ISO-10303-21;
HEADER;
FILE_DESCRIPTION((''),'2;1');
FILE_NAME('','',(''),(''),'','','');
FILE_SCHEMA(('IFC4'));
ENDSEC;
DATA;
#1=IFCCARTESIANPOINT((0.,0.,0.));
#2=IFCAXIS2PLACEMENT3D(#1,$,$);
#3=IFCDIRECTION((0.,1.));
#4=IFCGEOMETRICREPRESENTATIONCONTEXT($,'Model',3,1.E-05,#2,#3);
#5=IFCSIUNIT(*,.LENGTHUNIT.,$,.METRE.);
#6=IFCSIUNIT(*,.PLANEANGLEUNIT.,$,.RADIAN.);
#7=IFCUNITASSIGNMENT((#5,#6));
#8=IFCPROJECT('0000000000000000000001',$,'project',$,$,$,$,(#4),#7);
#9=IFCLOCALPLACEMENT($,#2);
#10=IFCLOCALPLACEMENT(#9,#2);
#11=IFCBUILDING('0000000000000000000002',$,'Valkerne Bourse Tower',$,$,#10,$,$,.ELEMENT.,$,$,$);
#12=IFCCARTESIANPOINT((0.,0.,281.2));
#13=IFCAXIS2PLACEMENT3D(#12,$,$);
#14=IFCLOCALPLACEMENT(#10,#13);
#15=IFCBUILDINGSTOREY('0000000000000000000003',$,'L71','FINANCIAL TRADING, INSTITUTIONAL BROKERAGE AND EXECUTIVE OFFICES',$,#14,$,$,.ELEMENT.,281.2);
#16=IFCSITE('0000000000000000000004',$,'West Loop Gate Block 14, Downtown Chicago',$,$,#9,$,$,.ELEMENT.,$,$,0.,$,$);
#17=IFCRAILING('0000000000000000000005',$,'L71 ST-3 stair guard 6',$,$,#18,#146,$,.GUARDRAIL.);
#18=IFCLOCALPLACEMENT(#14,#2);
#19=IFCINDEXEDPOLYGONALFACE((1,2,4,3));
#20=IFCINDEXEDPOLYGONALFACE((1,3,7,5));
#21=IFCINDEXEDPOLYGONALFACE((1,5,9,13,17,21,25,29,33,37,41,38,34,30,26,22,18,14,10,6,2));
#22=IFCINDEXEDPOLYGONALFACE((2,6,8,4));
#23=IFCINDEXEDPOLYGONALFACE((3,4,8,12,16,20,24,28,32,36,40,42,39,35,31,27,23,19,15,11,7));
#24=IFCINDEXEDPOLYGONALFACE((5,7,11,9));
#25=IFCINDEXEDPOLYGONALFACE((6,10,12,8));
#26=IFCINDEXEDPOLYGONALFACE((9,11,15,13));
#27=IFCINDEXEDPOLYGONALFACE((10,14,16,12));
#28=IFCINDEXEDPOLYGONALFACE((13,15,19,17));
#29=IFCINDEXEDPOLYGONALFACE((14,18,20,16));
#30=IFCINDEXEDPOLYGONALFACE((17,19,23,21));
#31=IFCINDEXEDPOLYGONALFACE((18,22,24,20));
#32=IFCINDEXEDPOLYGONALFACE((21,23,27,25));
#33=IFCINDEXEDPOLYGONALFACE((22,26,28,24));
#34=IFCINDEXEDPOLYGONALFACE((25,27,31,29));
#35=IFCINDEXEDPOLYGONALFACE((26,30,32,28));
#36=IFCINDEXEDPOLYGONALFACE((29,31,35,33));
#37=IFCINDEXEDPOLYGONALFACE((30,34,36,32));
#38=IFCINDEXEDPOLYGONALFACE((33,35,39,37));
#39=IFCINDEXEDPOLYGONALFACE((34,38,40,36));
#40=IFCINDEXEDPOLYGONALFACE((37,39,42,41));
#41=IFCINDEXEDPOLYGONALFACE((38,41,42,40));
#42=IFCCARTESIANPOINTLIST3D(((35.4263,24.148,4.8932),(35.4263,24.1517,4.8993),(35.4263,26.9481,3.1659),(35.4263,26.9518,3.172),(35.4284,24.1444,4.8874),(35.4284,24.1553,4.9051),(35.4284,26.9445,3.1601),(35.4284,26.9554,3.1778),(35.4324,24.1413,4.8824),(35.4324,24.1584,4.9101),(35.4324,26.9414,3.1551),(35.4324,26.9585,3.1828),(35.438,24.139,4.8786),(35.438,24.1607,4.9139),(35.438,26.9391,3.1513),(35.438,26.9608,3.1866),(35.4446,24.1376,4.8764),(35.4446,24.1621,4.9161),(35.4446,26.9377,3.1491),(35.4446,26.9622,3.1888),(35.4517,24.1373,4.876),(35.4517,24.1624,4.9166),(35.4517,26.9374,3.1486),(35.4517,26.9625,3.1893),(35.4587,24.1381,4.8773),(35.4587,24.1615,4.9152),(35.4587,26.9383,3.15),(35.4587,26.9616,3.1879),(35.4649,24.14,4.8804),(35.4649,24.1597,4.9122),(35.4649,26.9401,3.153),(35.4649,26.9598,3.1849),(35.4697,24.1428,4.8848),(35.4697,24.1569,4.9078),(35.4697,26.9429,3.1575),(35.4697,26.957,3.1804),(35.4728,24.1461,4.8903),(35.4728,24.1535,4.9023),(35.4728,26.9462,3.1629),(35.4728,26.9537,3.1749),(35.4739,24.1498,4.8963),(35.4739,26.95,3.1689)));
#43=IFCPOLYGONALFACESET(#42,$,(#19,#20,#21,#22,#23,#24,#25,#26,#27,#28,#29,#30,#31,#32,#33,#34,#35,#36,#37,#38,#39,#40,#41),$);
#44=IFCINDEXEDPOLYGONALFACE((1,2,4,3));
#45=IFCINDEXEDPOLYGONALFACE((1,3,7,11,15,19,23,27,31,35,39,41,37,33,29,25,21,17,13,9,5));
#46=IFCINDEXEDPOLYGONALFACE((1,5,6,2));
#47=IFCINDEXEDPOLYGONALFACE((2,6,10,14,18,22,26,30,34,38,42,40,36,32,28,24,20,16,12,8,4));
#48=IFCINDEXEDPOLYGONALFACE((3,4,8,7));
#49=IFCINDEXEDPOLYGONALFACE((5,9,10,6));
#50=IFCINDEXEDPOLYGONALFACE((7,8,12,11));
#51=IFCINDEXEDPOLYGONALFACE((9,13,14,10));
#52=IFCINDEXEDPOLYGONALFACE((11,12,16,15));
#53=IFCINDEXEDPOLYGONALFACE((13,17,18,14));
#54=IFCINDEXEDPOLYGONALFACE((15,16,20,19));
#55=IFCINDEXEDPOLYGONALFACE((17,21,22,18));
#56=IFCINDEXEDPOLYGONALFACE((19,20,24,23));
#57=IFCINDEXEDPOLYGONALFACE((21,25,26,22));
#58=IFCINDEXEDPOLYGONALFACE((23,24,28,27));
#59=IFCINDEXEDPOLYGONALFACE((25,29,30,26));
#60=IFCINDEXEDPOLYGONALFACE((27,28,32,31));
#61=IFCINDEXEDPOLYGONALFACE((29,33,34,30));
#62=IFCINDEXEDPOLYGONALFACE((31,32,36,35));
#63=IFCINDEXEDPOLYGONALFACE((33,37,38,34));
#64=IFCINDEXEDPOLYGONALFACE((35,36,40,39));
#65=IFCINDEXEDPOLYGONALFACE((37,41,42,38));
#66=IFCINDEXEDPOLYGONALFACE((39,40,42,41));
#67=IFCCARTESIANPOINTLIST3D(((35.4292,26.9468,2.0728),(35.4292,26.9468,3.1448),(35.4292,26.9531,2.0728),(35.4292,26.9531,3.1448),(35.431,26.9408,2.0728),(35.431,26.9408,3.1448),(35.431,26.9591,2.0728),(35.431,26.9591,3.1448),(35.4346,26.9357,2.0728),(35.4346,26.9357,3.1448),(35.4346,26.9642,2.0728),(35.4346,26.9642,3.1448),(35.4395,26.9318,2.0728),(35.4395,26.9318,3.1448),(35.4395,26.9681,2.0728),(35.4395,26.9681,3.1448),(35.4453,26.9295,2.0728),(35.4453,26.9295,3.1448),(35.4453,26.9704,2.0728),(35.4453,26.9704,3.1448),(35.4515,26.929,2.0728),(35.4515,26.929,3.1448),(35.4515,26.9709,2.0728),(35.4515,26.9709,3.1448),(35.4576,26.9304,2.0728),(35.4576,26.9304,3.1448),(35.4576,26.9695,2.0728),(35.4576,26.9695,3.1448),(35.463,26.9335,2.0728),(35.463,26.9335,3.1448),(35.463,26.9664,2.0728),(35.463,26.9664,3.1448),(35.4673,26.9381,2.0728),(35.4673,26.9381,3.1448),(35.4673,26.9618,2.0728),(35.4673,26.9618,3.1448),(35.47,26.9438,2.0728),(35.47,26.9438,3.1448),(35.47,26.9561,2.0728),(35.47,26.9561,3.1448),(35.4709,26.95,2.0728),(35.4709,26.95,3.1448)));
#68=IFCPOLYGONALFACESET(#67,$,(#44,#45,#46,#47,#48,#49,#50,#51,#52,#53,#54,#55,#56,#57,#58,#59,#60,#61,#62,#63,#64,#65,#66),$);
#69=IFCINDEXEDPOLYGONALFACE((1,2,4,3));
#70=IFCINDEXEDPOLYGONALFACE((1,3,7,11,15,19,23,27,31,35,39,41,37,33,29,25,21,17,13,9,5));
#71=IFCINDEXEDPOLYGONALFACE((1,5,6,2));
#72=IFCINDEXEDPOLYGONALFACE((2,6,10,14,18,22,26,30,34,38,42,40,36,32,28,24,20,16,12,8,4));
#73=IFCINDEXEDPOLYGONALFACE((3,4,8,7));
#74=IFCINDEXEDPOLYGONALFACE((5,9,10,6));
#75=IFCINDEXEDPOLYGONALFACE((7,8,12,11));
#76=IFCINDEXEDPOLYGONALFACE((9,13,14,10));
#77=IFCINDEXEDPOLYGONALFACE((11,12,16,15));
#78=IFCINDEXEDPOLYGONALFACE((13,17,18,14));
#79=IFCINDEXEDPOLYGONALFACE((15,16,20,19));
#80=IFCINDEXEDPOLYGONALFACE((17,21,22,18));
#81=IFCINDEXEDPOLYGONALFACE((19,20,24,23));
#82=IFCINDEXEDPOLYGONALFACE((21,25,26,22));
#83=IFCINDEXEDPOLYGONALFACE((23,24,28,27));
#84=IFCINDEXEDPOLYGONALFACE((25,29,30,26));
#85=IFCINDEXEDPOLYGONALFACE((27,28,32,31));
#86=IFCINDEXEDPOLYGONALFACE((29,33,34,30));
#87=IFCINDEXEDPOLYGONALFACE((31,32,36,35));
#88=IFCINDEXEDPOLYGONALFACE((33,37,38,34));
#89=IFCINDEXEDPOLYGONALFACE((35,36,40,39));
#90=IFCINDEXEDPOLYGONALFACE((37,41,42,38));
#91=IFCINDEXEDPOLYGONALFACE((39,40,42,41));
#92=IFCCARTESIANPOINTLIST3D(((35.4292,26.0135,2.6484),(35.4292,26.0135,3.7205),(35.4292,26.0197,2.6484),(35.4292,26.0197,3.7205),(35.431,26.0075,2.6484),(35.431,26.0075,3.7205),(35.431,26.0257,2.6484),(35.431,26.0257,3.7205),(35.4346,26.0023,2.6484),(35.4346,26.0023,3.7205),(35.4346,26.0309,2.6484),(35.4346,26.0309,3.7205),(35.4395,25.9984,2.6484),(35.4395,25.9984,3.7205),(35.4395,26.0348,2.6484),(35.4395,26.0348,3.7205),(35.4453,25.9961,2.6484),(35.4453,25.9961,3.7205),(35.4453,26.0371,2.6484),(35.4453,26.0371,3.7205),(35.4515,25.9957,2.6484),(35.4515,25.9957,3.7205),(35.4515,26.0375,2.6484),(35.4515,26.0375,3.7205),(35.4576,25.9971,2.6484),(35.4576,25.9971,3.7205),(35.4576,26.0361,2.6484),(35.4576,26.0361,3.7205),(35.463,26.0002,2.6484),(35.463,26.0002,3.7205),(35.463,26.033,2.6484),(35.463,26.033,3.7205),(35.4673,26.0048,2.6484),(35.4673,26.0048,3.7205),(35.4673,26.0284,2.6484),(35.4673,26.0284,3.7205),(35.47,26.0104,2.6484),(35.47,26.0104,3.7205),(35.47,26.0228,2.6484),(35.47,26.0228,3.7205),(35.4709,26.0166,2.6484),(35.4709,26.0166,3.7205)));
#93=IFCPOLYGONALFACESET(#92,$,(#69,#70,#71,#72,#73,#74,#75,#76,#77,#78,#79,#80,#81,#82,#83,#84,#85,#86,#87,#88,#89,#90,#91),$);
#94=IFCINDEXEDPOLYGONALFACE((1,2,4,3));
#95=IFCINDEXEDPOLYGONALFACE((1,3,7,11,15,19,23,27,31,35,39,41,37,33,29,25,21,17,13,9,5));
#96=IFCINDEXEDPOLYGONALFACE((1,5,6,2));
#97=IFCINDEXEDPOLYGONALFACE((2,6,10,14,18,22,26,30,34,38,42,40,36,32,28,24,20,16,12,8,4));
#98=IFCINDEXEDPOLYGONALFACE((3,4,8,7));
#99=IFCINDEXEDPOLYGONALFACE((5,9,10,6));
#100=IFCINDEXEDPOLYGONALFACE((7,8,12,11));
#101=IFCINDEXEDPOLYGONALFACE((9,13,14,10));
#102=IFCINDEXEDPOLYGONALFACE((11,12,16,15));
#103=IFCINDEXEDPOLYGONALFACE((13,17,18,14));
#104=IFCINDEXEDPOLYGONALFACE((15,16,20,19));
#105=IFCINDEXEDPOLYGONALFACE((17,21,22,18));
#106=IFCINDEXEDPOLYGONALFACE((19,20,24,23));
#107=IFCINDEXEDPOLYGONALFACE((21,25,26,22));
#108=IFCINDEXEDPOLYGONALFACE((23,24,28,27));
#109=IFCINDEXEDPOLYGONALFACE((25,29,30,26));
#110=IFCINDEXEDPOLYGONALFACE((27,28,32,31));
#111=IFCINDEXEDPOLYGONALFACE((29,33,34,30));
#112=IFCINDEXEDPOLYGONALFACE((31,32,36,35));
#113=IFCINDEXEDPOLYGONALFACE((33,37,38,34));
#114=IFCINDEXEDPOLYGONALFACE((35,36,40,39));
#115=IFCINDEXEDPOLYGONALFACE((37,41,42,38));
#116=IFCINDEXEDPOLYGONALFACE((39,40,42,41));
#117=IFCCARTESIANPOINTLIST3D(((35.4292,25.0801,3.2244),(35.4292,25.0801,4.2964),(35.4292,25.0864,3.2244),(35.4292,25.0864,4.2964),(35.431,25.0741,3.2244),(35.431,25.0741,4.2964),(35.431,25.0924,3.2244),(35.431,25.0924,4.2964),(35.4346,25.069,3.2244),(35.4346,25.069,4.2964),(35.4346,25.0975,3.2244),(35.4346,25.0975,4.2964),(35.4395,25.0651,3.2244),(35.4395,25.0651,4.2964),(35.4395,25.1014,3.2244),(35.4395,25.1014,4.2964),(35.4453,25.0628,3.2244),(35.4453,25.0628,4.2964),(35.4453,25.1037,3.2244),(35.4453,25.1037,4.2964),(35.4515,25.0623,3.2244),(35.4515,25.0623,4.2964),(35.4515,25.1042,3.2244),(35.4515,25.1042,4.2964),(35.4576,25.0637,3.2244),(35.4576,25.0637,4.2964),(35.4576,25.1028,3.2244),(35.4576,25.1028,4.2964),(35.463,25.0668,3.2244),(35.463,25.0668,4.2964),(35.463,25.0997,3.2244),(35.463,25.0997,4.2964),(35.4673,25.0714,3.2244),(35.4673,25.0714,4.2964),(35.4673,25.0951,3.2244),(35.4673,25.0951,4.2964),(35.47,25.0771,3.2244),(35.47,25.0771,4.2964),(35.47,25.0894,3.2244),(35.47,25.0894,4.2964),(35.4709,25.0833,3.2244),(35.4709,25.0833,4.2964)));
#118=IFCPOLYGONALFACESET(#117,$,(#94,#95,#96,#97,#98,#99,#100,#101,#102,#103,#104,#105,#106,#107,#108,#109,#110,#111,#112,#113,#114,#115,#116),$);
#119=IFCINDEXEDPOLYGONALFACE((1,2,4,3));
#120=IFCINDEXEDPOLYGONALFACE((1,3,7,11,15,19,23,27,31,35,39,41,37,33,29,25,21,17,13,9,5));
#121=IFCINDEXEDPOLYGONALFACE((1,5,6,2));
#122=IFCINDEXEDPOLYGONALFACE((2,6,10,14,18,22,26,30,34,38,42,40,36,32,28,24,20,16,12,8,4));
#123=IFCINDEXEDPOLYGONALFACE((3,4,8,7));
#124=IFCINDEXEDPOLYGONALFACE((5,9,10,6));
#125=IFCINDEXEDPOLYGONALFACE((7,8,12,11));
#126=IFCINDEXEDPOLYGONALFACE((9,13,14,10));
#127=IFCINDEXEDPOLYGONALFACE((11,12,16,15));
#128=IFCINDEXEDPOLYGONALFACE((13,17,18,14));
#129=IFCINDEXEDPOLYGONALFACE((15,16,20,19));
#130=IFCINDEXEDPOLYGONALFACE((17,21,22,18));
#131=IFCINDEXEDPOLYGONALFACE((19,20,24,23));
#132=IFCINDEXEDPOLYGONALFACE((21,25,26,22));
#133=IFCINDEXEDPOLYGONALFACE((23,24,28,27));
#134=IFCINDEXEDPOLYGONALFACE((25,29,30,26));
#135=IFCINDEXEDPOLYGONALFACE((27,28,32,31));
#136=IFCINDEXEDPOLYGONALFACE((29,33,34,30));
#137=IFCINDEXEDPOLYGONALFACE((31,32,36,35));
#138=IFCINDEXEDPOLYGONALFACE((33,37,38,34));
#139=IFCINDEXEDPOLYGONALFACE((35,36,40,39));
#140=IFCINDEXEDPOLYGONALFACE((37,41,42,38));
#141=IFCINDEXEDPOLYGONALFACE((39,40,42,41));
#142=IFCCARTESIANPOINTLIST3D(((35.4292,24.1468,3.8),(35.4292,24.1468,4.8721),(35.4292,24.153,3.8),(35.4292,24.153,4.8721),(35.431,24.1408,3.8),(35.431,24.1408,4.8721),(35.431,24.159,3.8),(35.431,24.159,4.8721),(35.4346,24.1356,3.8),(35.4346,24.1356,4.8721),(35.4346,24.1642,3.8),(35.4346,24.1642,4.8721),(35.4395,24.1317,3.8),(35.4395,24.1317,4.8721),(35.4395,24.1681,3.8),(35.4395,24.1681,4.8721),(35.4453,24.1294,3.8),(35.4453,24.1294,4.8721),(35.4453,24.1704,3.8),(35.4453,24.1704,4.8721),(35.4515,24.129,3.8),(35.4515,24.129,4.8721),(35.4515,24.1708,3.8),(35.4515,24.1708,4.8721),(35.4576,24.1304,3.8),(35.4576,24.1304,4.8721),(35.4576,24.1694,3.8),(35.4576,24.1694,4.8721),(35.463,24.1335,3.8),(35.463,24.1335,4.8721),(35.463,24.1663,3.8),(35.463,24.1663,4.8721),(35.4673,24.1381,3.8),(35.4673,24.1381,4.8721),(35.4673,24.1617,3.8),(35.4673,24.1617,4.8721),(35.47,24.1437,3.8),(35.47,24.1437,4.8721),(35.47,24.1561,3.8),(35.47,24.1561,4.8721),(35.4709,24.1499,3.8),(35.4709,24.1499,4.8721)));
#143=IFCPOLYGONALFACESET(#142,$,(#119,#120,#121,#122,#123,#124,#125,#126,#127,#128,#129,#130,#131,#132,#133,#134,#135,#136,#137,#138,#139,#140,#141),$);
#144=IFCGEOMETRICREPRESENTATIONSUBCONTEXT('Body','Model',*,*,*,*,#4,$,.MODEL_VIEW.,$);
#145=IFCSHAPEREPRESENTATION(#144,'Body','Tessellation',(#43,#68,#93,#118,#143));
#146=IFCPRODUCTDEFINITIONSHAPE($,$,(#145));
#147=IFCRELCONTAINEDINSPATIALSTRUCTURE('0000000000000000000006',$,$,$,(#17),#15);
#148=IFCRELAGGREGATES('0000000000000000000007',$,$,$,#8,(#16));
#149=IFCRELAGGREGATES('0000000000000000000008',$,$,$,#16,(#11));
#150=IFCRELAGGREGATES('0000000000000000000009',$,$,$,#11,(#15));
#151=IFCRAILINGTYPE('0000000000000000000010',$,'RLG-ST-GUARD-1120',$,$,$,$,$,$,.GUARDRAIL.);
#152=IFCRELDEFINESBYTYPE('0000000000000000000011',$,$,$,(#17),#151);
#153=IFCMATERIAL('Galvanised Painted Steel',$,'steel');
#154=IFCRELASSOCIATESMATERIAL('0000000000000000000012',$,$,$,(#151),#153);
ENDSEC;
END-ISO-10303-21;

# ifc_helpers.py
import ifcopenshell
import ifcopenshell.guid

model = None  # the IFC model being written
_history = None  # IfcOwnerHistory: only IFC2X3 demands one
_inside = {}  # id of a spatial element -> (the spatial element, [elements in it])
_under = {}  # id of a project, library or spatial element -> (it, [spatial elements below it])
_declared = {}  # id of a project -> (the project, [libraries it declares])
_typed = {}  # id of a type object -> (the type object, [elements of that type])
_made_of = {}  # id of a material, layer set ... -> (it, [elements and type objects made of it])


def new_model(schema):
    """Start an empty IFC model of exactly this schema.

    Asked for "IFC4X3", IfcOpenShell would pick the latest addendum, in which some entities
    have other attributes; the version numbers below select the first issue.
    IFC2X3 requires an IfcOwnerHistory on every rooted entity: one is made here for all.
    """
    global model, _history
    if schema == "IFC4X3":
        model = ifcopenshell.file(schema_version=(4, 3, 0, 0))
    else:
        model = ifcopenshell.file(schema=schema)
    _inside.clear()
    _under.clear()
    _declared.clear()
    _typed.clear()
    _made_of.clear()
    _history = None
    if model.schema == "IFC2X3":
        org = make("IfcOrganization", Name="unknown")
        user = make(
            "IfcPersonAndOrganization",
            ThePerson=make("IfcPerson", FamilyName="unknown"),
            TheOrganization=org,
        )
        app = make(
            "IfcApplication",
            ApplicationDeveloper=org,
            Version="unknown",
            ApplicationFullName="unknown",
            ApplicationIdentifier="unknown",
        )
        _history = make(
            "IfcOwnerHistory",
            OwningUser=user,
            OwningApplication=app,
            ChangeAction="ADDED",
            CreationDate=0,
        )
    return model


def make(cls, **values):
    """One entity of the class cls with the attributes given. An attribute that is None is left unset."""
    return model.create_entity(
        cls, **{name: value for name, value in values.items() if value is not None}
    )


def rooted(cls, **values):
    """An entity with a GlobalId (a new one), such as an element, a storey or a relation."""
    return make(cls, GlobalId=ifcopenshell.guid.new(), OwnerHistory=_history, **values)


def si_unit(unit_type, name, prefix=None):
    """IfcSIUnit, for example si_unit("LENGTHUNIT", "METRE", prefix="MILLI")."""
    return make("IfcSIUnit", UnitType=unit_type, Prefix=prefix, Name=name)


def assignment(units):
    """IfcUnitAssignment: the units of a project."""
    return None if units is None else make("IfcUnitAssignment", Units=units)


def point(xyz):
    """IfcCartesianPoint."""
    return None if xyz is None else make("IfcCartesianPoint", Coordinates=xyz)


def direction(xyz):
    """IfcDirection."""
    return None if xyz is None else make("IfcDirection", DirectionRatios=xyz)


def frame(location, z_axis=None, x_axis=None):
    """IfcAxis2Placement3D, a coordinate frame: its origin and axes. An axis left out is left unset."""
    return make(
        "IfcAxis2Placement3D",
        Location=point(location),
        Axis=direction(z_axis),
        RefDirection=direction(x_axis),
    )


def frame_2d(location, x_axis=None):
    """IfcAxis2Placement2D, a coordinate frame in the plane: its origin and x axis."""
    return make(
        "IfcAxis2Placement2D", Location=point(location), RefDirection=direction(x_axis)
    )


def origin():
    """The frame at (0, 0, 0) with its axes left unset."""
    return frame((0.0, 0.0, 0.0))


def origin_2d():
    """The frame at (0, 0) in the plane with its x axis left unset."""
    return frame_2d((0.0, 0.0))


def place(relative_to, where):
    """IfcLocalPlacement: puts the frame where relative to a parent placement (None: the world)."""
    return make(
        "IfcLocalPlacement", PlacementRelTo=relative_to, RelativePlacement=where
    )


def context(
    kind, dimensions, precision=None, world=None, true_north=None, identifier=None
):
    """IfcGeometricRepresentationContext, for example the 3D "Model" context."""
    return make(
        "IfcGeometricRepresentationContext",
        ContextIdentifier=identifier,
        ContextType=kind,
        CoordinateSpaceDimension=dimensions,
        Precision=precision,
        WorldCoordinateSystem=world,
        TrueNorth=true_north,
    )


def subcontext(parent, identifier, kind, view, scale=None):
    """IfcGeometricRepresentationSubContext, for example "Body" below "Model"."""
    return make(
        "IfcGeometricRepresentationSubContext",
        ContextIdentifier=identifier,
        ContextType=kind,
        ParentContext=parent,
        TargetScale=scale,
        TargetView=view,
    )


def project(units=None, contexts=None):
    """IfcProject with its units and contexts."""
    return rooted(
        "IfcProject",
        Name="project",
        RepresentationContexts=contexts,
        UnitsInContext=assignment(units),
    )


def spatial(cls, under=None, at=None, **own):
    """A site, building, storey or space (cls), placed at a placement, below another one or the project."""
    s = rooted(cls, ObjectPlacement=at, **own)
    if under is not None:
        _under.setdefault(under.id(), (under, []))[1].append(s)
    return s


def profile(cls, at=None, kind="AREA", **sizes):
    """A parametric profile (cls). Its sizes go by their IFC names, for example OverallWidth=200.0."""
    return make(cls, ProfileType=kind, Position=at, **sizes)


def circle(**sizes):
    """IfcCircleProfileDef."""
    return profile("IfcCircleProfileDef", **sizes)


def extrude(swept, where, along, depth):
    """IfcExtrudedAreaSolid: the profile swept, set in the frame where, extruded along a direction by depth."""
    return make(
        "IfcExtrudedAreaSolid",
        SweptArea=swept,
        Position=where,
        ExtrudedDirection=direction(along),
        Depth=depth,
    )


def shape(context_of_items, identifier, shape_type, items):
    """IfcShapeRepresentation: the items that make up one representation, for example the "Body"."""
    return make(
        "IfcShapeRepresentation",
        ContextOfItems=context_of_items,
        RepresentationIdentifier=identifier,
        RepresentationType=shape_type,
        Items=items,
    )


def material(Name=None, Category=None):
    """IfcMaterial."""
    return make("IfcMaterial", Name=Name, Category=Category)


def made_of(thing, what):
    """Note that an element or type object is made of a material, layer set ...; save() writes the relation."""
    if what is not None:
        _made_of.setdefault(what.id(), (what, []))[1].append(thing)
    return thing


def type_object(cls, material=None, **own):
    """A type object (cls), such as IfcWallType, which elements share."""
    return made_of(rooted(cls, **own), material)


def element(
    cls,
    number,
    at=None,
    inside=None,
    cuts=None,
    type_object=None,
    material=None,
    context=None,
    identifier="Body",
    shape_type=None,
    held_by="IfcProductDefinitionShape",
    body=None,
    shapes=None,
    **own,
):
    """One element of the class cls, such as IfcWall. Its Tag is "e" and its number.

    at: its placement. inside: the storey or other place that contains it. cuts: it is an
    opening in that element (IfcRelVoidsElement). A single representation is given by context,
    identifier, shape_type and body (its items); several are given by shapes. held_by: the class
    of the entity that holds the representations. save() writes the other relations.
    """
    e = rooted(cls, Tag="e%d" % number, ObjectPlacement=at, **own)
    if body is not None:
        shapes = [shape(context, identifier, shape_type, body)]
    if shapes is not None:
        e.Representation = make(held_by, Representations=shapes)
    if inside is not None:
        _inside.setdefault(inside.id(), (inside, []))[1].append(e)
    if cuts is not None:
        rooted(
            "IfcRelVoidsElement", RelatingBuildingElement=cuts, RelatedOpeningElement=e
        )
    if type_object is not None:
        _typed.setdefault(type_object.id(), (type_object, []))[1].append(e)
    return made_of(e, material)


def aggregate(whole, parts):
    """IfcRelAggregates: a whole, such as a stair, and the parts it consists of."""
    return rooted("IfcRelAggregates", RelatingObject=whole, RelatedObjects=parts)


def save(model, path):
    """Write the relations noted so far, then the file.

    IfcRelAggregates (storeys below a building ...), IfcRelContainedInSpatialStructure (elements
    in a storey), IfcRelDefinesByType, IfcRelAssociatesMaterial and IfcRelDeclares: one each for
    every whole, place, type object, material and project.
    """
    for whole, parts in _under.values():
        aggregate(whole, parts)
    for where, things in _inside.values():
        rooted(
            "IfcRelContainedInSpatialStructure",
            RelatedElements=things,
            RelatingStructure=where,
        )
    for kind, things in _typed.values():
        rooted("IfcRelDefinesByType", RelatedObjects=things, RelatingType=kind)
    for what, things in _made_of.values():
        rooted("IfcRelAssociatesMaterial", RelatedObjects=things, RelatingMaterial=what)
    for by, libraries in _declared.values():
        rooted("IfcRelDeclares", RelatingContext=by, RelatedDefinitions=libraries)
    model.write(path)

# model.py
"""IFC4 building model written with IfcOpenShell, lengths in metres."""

from ifc_helpers import new_model, si_unit, direction, frame, origin, origin_2d, place, context, subcontext, project, spatial, circle, extrude, material, type_object, element, save


model = new_model("IFC4")

# Units and contexts
model_context = context("Model", 3, precision=1e-05, world=origin(), true_north=direction((0.0, 1.0)))
body_context = subcontext(model_context, "Body", "Model", "MODEL_VIEW")
ifc_project = project(units=[si_unit("LENGTHUNIT", "METRE"), si_unit("PLANEANGLEUNIT", "RADIAN")], contexts=[model_context])

# Site, building, storey
site_placement = place(None, origin())
site = spatial("IfcSite", under=ifc_project, at=site_placement, Name="West Loop Gate Block 14, Downtown Chicago", CompositionType="ELEMENT", RefElevation=0.0)
building_placement = place(site_placement, origin())
building = spatial("IfcBuilding", under=site, at=building_placement, Name="Valkerne Bourse Tower", CompositionType="ELEMENT")
storey_placement = place(building_placement, frame((0.0, 0.0, 281.2)))
storey = spatial("IfcBuildingStorey", under=building, at=storey_placement, Name="L71", Description="FINANCIAL TRADING, INSTITUTIONAL BROKERAGE AND EXECUTIVE OFFICES", CompositionType="ELEMENT", Elevation=281.2)

# Railing
ifc_material_1 = material(Name="Galvanised Painted Steel", Category="steel")
railing_type_1 = type_object("IfcRailingType", Name="RLG-ST-GUARD-1120", PredefinedType="GUARDRAIL", material=ifc_material_1)
railing_1_placement = place(storey_placement, frame((35.45, 26.95, 2.0728)))
element("IfcRailing", 1, at=railing_1_placement, inside=storey, type_object=railing_type_1, Name="L71 ST-3 stair guard 6", PredefinedType="GUARDRAIL", context=body_context, shape_type="SweptSolid", body=[
    extrude(circle(Radius=0.0239, at=origin_2d()), frame((0.0, 0.0, 1.0962), z_axis=(0.0, -0.85109, 0.52502), x_axis=(1.0, 0.0, 0.0)), (0.0, 0.0, 1.0), 3.29),
    extrude(circle(Radius=0.021, at=origin_2d()), origin(), (0.0, 0.0, 1.0), 1.072),
    extrude(circle(Radius=0.021, at=origin_2d()), frame((0.0, -0.9333, 0.5757)), (0.0, 0.0, 1.0), 1.072),
    extrude(circle(Radius=0.021, at=origin_2d()), frame((0.0, -1.8667, 1.1516)), (0.0, 0.0, 1.0), 1.072),
    extrude(circle(Radius=0.021, at=origin_2d()), frame((0.0, -2.8, 1.7273)), (0.0, 0.0, 1.0), 1.072),
])

save(model, "model.ifc")
